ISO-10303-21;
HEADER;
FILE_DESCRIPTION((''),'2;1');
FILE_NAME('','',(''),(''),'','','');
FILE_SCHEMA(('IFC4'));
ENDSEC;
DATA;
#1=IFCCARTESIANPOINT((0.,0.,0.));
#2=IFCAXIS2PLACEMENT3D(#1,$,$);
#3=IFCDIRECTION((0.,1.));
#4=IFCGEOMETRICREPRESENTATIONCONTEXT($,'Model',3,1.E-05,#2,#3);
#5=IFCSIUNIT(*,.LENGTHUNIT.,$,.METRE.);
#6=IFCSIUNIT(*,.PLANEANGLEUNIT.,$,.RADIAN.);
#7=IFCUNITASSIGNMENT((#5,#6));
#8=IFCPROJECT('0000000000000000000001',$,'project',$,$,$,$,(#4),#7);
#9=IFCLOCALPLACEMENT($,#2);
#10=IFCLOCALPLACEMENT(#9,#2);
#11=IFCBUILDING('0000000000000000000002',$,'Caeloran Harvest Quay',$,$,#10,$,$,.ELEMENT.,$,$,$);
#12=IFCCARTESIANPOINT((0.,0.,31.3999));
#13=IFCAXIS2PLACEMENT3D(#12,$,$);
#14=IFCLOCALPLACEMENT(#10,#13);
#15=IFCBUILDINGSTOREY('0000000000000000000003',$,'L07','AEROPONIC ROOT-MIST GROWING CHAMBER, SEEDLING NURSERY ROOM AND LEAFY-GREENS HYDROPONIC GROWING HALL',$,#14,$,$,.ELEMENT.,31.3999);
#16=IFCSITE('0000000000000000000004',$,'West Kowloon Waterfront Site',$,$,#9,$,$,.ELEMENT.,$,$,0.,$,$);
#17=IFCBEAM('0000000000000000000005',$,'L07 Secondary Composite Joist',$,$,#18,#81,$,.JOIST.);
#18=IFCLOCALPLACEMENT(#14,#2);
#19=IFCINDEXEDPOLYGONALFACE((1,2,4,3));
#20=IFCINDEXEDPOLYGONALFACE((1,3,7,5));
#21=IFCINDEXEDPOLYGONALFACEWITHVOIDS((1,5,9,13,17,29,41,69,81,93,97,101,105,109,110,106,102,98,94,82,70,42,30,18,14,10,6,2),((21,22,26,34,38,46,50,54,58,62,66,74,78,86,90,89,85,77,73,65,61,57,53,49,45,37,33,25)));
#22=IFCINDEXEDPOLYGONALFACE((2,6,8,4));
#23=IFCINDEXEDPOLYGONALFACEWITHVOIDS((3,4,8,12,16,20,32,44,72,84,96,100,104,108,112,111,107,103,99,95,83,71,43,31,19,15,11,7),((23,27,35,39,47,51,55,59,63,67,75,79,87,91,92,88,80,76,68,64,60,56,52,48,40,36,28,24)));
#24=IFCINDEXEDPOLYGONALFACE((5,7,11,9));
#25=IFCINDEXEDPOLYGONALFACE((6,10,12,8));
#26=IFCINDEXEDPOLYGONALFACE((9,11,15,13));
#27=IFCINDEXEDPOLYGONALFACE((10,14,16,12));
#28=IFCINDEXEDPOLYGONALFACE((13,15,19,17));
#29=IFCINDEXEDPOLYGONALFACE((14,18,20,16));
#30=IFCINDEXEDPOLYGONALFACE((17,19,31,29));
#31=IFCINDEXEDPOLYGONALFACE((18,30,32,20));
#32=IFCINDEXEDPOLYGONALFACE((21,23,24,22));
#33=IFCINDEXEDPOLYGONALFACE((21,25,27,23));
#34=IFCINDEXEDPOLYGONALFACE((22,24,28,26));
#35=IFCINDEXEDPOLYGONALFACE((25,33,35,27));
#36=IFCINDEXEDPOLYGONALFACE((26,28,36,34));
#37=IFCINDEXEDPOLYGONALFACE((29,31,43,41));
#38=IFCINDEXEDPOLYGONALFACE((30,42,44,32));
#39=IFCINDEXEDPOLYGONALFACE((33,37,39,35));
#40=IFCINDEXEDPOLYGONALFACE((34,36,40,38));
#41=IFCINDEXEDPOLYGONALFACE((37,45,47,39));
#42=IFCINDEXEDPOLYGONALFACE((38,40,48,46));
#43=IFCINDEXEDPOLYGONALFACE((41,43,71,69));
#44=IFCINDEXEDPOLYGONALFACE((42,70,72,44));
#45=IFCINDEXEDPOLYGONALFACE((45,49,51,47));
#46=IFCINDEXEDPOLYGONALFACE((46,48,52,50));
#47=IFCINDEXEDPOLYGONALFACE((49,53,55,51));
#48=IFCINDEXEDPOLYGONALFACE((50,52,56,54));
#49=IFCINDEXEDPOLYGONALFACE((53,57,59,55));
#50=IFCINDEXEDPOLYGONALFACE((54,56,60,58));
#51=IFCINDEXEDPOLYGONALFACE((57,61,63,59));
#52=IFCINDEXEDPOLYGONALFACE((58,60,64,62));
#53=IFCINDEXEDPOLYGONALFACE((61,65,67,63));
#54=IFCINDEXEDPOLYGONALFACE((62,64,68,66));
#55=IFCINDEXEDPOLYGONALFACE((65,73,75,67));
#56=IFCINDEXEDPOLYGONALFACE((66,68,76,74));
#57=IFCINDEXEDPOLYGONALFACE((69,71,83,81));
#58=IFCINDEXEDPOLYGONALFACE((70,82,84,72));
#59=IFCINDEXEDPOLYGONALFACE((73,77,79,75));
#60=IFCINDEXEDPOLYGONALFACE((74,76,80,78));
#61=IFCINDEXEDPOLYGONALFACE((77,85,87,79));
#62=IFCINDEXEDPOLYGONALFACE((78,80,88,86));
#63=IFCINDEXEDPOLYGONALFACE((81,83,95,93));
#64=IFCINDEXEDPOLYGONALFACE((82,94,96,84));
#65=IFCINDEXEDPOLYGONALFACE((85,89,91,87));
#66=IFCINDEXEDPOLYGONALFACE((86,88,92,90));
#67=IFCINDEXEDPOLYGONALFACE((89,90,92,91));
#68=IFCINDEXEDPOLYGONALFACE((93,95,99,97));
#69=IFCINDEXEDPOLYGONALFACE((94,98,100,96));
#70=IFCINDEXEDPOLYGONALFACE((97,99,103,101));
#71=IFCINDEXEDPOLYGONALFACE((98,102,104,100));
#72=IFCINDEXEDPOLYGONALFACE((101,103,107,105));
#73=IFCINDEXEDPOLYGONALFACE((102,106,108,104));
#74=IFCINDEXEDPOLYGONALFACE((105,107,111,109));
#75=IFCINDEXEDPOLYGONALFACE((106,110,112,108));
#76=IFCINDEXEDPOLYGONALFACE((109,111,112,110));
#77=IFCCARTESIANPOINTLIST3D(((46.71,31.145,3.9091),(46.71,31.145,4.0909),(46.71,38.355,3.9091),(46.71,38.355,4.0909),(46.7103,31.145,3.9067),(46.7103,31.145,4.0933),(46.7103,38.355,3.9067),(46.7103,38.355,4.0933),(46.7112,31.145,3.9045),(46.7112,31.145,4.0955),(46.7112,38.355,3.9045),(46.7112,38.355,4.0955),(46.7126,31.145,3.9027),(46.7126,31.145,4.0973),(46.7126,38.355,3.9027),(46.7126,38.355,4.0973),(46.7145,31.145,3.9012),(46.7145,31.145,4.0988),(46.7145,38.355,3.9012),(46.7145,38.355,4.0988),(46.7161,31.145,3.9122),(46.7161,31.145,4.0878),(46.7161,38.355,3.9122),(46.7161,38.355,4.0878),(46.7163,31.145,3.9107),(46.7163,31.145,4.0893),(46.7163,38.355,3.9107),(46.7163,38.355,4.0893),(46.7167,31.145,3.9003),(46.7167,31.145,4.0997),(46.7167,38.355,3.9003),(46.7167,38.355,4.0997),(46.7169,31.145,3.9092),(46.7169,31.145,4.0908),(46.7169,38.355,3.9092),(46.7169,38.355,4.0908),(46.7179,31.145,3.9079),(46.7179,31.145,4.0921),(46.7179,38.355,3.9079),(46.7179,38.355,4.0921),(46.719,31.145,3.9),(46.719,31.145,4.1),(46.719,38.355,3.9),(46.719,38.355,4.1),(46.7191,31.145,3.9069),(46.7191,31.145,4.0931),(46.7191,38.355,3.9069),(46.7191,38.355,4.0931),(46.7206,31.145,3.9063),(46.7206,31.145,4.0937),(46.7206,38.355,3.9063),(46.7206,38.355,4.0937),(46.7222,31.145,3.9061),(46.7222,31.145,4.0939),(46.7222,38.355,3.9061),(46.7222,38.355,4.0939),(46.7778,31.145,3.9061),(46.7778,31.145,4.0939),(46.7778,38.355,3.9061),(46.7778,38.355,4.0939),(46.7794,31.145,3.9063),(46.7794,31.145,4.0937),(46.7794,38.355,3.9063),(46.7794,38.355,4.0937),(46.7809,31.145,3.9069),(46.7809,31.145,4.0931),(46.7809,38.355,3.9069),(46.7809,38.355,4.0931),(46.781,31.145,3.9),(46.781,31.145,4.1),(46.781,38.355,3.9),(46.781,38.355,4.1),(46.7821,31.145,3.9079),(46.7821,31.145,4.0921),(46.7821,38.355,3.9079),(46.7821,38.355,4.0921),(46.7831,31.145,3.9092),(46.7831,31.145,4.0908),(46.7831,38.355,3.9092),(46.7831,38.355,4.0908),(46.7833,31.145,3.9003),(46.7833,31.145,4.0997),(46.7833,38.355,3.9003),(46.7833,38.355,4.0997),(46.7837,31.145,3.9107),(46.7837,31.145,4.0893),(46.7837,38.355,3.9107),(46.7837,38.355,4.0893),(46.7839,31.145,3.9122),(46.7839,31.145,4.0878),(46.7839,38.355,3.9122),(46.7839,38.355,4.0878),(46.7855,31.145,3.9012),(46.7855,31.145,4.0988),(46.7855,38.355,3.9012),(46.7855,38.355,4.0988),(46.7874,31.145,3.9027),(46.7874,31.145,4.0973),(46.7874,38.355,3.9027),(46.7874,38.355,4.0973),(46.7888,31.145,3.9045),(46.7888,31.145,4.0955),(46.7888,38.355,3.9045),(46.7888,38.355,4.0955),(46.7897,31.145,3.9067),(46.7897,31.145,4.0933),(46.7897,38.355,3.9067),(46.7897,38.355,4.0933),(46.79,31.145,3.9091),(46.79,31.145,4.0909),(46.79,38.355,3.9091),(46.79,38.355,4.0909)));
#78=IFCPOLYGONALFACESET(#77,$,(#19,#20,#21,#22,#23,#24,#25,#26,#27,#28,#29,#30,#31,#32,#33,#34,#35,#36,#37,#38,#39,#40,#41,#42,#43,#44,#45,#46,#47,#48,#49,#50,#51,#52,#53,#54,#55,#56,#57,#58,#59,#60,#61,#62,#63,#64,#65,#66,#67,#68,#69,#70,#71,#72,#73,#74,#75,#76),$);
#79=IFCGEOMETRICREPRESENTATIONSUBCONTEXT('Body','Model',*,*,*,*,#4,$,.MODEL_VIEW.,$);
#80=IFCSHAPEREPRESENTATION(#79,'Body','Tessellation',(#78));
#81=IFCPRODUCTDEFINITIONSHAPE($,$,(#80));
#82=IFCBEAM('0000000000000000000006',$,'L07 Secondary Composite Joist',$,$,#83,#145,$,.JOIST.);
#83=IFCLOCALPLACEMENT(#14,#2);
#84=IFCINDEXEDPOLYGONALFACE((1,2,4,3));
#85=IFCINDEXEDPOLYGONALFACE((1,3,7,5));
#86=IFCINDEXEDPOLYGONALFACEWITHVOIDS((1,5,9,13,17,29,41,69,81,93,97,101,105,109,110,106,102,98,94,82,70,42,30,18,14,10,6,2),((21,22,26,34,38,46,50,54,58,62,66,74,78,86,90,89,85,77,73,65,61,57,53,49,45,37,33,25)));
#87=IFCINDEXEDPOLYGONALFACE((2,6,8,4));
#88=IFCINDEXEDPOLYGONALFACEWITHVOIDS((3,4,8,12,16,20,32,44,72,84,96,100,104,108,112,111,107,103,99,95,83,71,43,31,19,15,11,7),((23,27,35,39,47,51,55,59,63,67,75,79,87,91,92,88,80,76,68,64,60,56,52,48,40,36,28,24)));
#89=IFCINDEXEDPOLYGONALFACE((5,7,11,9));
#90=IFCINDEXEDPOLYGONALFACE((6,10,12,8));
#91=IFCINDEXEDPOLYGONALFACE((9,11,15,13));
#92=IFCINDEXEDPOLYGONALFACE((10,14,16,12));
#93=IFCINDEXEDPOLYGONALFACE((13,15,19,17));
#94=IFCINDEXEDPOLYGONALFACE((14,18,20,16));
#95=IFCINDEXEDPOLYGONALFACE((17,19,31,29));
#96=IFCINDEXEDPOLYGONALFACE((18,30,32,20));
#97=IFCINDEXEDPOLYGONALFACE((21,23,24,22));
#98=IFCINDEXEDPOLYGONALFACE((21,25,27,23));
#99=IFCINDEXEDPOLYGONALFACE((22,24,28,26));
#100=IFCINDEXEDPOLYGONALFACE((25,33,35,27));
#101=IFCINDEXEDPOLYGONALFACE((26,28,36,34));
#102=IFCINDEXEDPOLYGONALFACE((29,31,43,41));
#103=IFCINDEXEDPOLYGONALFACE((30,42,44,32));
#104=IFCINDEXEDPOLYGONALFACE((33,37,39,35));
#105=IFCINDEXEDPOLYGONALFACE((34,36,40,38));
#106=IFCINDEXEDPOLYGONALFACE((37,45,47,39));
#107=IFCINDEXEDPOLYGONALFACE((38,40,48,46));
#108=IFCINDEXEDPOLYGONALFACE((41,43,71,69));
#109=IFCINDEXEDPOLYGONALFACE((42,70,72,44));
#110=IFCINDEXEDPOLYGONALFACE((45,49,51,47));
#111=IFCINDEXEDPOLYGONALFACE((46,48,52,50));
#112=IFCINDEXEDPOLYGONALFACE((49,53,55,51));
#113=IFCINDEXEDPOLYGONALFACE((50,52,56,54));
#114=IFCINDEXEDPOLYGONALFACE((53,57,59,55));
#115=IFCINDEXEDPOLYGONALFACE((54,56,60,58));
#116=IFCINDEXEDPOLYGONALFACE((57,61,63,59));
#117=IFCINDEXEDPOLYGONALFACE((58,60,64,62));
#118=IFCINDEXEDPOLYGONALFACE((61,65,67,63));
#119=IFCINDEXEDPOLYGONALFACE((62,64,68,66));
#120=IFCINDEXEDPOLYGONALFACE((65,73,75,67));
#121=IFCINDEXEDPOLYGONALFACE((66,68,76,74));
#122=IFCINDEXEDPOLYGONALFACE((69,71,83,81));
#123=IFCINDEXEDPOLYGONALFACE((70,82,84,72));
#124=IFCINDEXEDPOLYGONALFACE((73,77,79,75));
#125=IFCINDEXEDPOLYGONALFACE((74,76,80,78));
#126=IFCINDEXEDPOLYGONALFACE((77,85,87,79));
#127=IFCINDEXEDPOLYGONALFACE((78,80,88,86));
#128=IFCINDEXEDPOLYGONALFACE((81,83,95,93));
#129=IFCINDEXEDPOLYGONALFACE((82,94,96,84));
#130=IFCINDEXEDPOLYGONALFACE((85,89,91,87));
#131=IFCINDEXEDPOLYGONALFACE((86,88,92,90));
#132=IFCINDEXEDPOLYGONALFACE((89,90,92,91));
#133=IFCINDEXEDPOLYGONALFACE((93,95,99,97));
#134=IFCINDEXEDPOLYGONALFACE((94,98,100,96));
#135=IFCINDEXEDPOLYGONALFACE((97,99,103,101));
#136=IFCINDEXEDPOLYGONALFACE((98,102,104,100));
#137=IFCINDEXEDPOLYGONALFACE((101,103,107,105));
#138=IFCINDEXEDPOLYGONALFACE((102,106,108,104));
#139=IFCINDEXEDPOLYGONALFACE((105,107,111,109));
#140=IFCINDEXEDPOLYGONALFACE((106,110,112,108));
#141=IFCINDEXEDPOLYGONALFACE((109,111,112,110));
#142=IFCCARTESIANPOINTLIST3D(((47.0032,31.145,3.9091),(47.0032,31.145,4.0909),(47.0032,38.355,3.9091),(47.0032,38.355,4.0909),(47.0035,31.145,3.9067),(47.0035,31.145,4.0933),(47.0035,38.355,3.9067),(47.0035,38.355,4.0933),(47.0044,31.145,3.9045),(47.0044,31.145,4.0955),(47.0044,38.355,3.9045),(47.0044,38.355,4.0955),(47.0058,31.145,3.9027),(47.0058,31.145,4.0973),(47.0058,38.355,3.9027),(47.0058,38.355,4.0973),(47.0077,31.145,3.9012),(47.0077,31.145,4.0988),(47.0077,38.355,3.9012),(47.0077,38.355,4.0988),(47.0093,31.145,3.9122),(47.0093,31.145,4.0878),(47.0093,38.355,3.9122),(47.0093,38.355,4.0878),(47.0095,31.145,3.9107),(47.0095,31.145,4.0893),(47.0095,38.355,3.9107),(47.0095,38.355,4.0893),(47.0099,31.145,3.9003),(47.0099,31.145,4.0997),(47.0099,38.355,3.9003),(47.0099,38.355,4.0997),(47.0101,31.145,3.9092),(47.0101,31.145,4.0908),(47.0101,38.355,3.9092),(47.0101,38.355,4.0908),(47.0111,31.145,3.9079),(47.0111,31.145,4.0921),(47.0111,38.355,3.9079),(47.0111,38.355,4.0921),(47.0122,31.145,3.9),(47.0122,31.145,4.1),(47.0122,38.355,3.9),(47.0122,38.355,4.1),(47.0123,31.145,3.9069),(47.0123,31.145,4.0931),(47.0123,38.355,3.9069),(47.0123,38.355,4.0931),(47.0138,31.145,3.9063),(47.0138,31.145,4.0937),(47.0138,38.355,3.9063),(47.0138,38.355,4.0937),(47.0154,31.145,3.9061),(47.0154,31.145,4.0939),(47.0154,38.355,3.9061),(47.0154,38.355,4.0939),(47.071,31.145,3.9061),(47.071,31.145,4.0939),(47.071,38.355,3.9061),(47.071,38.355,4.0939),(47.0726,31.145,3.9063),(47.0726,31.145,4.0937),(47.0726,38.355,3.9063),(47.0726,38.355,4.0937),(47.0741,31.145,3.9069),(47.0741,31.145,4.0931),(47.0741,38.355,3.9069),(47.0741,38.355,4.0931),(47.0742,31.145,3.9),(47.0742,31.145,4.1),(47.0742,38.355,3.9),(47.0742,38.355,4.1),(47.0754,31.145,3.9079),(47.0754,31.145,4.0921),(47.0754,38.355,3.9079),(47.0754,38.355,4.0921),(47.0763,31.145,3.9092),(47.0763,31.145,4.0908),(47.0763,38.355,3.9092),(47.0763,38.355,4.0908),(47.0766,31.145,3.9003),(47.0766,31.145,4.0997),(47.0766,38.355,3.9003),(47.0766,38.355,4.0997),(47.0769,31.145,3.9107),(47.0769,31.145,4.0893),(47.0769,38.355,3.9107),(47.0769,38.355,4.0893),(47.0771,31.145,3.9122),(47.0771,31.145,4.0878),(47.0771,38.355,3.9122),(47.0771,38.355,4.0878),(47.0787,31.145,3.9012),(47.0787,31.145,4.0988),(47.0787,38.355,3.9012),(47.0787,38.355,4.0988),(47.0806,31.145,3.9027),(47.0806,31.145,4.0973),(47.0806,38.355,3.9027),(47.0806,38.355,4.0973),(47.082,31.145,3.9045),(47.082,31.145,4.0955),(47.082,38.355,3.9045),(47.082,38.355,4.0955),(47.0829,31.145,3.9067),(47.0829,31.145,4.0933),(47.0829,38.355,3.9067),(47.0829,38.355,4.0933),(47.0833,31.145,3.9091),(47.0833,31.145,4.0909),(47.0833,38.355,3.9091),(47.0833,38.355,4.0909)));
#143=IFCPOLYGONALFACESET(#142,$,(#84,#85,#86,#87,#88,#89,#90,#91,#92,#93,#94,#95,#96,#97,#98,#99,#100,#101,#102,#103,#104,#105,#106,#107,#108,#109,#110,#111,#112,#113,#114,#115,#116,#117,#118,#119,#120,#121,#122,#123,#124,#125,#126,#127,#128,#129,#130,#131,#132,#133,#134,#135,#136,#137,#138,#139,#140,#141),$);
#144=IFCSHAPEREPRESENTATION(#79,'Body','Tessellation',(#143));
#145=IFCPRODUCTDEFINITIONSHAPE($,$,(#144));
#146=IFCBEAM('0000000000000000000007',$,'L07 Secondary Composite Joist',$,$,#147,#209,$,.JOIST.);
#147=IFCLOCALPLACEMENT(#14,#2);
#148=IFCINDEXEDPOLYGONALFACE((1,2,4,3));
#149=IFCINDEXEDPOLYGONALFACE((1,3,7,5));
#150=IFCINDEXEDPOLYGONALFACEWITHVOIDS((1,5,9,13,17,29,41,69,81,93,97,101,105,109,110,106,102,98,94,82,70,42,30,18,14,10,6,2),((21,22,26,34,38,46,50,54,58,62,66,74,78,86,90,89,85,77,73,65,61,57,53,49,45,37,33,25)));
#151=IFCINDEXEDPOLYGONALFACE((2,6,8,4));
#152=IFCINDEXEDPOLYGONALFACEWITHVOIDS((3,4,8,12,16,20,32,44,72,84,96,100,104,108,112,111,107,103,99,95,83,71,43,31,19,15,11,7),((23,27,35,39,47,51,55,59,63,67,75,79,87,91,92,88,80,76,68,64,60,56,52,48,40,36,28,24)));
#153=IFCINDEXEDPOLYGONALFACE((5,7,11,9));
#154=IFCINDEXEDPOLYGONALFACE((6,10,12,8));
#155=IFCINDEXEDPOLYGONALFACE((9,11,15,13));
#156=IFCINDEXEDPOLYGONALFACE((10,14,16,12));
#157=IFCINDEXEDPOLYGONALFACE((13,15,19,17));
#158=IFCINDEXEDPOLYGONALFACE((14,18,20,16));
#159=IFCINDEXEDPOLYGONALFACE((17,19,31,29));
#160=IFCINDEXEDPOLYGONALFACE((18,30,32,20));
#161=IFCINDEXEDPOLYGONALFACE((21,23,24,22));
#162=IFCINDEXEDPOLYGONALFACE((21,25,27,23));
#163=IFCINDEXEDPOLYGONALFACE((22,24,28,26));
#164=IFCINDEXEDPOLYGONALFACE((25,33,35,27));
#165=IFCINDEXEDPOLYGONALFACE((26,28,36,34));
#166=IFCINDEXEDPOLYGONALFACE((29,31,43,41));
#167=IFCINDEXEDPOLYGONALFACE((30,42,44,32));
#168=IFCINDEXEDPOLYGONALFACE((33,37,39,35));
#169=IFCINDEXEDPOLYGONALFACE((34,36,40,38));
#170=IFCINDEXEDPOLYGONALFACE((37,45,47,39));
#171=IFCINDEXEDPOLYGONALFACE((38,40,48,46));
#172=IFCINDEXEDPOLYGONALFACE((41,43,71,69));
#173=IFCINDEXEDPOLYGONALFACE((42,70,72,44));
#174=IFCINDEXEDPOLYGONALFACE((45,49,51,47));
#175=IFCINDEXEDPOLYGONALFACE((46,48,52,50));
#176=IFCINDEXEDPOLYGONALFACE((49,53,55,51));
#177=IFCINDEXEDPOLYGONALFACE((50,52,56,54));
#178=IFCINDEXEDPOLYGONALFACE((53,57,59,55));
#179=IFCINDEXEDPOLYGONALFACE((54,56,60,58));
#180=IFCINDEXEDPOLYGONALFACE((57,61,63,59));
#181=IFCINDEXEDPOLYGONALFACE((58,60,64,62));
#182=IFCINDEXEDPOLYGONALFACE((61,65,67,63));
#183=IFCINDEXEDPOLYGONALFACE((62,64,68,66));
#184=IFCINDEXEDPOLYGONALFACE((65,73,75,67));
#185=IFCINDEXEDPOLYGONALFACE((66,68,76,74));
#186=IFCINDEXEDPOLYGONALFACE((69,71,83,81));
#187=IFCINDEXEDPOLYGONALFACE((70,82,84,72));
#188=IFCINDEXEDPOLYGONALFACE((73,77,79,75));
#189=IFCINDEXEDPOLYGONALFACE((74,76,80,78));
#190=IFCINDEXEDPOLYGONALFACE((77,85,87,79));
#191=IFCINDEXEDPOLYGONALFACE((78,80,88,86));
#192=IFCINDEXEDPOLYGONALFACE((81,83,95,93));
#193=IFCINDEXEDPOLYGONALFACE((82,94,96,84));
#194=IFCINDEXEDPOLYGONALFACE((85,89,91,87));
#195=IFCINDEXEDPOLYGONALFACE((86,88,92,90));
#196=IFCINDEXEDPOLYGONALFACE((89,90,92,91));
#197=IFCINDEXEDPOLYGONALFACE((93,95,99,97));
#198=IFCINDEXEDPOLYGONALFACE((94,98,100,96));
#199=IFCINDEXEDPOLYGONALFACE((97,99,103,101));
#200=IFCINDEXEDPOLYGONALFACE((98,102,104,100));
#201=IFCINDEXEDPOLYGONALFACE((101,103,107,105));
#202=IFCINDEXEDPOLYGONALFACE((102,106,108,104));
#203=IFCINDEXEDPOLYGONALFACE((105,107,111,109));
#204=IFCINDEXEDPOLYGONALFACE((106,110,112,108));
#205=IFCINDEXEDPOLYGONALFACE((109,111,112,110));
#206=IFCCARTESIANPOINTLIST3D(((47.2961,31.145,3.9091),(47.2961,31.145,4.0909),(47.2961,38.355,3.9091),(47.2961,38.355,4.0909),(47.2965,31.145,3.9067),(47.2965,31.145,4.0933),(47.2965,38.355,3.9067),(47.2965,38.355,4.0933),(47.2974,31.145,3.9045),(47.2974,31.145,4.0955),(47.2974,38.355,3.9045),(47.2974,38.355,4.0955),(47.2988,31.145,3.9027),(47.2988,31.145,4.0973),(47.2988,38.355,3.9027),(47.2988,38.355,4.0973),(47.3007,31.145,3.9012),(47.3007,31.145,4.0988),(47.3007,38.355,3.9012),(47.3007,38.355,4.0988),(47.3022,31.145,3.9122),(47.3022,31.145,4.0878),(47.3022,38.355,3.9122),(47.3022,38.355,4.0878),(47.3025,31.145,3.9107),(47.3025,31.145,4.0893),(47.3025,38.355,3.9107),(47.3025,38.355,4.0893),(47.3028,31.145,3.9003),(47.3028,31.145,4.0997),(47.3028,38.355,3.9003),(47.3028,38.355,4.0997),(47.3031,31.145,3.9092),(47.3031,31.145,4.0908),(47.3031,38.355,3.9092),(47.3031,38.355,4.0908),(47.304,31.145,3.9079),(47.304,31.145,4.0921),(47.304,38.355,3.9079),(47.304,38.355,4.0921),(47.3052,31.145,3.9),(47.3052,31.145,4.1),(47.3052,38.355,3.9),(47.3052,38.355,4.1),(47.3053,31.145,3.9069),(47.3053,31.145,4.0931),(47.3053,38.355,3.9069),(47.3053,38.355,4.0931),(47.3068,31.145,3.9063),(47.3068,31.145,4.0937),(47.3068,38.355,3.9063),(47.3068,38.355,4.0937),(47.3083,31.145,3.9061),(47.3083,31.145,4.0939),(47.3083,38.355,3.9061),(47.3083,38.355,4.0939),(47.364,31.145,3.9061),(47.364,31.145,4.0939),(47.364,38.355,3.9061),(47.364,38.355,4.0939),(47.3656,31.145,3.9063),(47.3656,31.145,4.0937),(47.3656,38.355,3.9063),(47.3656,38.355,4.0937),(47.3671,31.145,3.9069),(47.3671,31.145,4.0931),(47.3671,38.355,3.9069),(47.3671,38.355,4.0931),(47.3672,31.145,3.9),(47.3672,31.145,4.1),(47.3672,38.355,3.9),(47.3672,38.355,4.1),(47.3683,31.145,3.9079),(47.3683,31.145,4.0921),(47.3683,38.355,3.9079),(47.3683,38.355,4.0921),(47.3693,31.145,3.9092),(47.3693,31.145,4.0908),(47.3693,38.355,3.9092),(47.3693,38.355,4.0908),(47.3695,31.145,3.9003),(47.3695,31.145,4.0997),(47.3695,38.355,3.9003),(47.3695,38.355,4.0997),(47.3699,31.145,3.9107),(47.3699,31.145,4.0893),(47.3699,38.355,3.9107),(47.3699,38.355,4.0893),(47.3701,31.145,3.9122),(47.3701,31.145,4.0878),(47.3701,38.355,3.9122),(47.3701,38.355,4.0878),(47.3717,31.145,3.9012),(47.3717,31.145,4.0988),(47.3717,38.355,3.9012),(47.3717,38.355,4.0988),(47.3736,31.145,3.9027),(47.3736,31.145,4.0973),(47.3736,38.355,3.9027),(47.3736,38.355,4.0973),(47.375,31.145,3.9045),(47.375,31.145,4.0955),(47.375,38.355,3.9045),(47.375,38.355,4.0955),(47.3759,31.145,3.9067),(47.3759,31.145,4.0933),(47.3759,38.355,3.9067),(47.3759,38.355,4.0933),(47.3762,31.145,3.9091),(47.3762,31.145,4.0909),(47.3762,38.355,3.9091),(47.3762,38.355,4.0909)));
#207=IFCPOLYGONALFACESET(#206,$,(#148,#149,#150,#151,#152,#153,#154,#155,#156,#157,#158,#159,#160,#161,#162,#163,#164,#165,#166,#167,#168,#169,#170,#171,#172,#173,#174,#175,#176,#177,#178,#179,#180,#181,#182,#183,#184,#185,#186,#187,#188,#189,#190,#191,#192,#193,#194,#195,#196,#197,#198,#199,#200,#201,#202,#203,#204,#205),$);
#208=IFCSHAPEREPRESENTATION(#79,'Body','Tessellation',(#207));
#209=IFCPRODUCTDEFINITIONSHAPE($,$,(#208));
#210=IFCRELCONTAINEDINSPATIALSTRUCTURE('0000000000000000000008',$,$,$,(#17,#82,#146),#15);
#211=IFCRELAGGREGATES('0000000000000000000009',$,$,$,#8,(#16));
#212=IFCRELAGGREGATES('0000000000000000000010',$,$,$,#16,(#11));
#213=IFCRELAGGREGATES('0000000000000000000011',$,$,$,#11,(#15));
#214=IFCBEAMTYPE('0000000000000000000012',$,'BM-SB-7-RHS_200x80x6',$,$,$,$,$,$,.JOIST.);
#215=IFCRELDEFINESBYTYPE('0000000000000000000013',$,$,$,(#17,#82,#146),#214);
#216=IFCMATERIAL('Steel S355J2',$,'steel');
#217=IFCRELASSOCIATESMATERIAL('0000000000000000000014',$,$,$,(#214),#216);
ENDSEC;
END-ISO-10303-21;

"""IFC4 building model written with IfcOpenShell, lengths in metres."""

from ifc_helpers import new_model, si_unit, direction, frame, origin, origin_2d, place, context, subcontext, project, spatial, hollow_rectangle, extrude, material, material_profile, profile_set, type_object, element, save


model = new_model("IFC4")

# Units and contexts
model_context = context("Model", 3, precision=1e-05, world=origin(), true_north=direction((0.0, 1.0)))
body_context = subcontext(model_context, "Body", "Model", "MODEL_VIEW")
ifc_project = project(units=[si_unit("LENGTHUNIT", "METRE"), si_unit("PLANEANGLEUNIT", "RADIAN")], contexts=[model_context])

# Site, building, storey
site_placement = place(None, origin())
site = spatial("IfcSite", under=ifc_project, at=site_placement, Name="West Kowloon Waterfront Site", CompositionType="ELEMENT", RefElevation=0.0)
building_placement = place(site_placement, origin())
building = spatial("IfcBuilding", under=site, at=building_placement, Name="Caeloran Harvest Quay", CompositionType="ELEMENT")
storey_placement = place(building_placement, frame((0.0, 0.0, 31.3999)))
storey = spatial("IfcBuildingStorey", under=building, at=storey_placement, Name="L07", Description="AEROPONIC ROOT-MIST GROWING CHAMBER, SEEDLING NURSERY ROOM AND LEAFY-GREENS HYDROPONIC GROWING HALL", CompositionType="ELEMENT", Elevation=31.3999)

# Beams
ifc_material_1 = material(Name="Steel S355J2", Category="steel")
ifc_material_profile_1 = material_profile(ifc_material_1, hollow_rectangle(XDim=0.0801, YDim=0.2, WallThickness=0.0061, InnerFilletRadius=0.0061, OuterFilletRadius=0.009, at=origin_2d()), Name="RHS 200x80x6")
ifc_profile_set_1 = profile_set([ifc_material_profile_1], Name="Steel S355J2")
beam_type_1 = type_object("IfcBeamType", Name="BM-SB-7-RHS_200x80x6", PredefinedType="JOIST", material=ifc_profile_set_1)
for number, where, z_axis, x_axis, name in (
    (1, (46.75, 31.145, 4.0), (0.0, 1.0, 0.0), (-1.0, 0.0, 0.0), "L07 Secondary Composite Joist"),
    (2, (47.0432, 31.145, 4.0), (0.0, 1.0, 0.0), (-1.0, 0.0, 0.0), "L07 Secondary Composite Joist"),
    (3, (47.3362, 31.145, 4.0), (0.0, 1.0, 0.0), (-1.0, 0.0, 0.0), "L07 Secondary Composite Joist"),
):
    element("IfcBeam", number, at=place(storey_placement, frame(where, z_axis=z_axis, x_axis=x_axis)), inside=storey, type_object=beam_type_1, Name=name, PredefinedType="JOIST", context=body_context, shape_type="SweptSolid", body=[
        extrude(hollow_rectangle(XDim=0.0801, YDim=0.2, WallThickness=0.0061, InnerFilletRadius=0.0061, OuterFilletRadius=0.009, at=origin_2d()), origin(), (0.0, 0.0, 1.0), 7.21),
    ])

save(model, "model.ifc")
